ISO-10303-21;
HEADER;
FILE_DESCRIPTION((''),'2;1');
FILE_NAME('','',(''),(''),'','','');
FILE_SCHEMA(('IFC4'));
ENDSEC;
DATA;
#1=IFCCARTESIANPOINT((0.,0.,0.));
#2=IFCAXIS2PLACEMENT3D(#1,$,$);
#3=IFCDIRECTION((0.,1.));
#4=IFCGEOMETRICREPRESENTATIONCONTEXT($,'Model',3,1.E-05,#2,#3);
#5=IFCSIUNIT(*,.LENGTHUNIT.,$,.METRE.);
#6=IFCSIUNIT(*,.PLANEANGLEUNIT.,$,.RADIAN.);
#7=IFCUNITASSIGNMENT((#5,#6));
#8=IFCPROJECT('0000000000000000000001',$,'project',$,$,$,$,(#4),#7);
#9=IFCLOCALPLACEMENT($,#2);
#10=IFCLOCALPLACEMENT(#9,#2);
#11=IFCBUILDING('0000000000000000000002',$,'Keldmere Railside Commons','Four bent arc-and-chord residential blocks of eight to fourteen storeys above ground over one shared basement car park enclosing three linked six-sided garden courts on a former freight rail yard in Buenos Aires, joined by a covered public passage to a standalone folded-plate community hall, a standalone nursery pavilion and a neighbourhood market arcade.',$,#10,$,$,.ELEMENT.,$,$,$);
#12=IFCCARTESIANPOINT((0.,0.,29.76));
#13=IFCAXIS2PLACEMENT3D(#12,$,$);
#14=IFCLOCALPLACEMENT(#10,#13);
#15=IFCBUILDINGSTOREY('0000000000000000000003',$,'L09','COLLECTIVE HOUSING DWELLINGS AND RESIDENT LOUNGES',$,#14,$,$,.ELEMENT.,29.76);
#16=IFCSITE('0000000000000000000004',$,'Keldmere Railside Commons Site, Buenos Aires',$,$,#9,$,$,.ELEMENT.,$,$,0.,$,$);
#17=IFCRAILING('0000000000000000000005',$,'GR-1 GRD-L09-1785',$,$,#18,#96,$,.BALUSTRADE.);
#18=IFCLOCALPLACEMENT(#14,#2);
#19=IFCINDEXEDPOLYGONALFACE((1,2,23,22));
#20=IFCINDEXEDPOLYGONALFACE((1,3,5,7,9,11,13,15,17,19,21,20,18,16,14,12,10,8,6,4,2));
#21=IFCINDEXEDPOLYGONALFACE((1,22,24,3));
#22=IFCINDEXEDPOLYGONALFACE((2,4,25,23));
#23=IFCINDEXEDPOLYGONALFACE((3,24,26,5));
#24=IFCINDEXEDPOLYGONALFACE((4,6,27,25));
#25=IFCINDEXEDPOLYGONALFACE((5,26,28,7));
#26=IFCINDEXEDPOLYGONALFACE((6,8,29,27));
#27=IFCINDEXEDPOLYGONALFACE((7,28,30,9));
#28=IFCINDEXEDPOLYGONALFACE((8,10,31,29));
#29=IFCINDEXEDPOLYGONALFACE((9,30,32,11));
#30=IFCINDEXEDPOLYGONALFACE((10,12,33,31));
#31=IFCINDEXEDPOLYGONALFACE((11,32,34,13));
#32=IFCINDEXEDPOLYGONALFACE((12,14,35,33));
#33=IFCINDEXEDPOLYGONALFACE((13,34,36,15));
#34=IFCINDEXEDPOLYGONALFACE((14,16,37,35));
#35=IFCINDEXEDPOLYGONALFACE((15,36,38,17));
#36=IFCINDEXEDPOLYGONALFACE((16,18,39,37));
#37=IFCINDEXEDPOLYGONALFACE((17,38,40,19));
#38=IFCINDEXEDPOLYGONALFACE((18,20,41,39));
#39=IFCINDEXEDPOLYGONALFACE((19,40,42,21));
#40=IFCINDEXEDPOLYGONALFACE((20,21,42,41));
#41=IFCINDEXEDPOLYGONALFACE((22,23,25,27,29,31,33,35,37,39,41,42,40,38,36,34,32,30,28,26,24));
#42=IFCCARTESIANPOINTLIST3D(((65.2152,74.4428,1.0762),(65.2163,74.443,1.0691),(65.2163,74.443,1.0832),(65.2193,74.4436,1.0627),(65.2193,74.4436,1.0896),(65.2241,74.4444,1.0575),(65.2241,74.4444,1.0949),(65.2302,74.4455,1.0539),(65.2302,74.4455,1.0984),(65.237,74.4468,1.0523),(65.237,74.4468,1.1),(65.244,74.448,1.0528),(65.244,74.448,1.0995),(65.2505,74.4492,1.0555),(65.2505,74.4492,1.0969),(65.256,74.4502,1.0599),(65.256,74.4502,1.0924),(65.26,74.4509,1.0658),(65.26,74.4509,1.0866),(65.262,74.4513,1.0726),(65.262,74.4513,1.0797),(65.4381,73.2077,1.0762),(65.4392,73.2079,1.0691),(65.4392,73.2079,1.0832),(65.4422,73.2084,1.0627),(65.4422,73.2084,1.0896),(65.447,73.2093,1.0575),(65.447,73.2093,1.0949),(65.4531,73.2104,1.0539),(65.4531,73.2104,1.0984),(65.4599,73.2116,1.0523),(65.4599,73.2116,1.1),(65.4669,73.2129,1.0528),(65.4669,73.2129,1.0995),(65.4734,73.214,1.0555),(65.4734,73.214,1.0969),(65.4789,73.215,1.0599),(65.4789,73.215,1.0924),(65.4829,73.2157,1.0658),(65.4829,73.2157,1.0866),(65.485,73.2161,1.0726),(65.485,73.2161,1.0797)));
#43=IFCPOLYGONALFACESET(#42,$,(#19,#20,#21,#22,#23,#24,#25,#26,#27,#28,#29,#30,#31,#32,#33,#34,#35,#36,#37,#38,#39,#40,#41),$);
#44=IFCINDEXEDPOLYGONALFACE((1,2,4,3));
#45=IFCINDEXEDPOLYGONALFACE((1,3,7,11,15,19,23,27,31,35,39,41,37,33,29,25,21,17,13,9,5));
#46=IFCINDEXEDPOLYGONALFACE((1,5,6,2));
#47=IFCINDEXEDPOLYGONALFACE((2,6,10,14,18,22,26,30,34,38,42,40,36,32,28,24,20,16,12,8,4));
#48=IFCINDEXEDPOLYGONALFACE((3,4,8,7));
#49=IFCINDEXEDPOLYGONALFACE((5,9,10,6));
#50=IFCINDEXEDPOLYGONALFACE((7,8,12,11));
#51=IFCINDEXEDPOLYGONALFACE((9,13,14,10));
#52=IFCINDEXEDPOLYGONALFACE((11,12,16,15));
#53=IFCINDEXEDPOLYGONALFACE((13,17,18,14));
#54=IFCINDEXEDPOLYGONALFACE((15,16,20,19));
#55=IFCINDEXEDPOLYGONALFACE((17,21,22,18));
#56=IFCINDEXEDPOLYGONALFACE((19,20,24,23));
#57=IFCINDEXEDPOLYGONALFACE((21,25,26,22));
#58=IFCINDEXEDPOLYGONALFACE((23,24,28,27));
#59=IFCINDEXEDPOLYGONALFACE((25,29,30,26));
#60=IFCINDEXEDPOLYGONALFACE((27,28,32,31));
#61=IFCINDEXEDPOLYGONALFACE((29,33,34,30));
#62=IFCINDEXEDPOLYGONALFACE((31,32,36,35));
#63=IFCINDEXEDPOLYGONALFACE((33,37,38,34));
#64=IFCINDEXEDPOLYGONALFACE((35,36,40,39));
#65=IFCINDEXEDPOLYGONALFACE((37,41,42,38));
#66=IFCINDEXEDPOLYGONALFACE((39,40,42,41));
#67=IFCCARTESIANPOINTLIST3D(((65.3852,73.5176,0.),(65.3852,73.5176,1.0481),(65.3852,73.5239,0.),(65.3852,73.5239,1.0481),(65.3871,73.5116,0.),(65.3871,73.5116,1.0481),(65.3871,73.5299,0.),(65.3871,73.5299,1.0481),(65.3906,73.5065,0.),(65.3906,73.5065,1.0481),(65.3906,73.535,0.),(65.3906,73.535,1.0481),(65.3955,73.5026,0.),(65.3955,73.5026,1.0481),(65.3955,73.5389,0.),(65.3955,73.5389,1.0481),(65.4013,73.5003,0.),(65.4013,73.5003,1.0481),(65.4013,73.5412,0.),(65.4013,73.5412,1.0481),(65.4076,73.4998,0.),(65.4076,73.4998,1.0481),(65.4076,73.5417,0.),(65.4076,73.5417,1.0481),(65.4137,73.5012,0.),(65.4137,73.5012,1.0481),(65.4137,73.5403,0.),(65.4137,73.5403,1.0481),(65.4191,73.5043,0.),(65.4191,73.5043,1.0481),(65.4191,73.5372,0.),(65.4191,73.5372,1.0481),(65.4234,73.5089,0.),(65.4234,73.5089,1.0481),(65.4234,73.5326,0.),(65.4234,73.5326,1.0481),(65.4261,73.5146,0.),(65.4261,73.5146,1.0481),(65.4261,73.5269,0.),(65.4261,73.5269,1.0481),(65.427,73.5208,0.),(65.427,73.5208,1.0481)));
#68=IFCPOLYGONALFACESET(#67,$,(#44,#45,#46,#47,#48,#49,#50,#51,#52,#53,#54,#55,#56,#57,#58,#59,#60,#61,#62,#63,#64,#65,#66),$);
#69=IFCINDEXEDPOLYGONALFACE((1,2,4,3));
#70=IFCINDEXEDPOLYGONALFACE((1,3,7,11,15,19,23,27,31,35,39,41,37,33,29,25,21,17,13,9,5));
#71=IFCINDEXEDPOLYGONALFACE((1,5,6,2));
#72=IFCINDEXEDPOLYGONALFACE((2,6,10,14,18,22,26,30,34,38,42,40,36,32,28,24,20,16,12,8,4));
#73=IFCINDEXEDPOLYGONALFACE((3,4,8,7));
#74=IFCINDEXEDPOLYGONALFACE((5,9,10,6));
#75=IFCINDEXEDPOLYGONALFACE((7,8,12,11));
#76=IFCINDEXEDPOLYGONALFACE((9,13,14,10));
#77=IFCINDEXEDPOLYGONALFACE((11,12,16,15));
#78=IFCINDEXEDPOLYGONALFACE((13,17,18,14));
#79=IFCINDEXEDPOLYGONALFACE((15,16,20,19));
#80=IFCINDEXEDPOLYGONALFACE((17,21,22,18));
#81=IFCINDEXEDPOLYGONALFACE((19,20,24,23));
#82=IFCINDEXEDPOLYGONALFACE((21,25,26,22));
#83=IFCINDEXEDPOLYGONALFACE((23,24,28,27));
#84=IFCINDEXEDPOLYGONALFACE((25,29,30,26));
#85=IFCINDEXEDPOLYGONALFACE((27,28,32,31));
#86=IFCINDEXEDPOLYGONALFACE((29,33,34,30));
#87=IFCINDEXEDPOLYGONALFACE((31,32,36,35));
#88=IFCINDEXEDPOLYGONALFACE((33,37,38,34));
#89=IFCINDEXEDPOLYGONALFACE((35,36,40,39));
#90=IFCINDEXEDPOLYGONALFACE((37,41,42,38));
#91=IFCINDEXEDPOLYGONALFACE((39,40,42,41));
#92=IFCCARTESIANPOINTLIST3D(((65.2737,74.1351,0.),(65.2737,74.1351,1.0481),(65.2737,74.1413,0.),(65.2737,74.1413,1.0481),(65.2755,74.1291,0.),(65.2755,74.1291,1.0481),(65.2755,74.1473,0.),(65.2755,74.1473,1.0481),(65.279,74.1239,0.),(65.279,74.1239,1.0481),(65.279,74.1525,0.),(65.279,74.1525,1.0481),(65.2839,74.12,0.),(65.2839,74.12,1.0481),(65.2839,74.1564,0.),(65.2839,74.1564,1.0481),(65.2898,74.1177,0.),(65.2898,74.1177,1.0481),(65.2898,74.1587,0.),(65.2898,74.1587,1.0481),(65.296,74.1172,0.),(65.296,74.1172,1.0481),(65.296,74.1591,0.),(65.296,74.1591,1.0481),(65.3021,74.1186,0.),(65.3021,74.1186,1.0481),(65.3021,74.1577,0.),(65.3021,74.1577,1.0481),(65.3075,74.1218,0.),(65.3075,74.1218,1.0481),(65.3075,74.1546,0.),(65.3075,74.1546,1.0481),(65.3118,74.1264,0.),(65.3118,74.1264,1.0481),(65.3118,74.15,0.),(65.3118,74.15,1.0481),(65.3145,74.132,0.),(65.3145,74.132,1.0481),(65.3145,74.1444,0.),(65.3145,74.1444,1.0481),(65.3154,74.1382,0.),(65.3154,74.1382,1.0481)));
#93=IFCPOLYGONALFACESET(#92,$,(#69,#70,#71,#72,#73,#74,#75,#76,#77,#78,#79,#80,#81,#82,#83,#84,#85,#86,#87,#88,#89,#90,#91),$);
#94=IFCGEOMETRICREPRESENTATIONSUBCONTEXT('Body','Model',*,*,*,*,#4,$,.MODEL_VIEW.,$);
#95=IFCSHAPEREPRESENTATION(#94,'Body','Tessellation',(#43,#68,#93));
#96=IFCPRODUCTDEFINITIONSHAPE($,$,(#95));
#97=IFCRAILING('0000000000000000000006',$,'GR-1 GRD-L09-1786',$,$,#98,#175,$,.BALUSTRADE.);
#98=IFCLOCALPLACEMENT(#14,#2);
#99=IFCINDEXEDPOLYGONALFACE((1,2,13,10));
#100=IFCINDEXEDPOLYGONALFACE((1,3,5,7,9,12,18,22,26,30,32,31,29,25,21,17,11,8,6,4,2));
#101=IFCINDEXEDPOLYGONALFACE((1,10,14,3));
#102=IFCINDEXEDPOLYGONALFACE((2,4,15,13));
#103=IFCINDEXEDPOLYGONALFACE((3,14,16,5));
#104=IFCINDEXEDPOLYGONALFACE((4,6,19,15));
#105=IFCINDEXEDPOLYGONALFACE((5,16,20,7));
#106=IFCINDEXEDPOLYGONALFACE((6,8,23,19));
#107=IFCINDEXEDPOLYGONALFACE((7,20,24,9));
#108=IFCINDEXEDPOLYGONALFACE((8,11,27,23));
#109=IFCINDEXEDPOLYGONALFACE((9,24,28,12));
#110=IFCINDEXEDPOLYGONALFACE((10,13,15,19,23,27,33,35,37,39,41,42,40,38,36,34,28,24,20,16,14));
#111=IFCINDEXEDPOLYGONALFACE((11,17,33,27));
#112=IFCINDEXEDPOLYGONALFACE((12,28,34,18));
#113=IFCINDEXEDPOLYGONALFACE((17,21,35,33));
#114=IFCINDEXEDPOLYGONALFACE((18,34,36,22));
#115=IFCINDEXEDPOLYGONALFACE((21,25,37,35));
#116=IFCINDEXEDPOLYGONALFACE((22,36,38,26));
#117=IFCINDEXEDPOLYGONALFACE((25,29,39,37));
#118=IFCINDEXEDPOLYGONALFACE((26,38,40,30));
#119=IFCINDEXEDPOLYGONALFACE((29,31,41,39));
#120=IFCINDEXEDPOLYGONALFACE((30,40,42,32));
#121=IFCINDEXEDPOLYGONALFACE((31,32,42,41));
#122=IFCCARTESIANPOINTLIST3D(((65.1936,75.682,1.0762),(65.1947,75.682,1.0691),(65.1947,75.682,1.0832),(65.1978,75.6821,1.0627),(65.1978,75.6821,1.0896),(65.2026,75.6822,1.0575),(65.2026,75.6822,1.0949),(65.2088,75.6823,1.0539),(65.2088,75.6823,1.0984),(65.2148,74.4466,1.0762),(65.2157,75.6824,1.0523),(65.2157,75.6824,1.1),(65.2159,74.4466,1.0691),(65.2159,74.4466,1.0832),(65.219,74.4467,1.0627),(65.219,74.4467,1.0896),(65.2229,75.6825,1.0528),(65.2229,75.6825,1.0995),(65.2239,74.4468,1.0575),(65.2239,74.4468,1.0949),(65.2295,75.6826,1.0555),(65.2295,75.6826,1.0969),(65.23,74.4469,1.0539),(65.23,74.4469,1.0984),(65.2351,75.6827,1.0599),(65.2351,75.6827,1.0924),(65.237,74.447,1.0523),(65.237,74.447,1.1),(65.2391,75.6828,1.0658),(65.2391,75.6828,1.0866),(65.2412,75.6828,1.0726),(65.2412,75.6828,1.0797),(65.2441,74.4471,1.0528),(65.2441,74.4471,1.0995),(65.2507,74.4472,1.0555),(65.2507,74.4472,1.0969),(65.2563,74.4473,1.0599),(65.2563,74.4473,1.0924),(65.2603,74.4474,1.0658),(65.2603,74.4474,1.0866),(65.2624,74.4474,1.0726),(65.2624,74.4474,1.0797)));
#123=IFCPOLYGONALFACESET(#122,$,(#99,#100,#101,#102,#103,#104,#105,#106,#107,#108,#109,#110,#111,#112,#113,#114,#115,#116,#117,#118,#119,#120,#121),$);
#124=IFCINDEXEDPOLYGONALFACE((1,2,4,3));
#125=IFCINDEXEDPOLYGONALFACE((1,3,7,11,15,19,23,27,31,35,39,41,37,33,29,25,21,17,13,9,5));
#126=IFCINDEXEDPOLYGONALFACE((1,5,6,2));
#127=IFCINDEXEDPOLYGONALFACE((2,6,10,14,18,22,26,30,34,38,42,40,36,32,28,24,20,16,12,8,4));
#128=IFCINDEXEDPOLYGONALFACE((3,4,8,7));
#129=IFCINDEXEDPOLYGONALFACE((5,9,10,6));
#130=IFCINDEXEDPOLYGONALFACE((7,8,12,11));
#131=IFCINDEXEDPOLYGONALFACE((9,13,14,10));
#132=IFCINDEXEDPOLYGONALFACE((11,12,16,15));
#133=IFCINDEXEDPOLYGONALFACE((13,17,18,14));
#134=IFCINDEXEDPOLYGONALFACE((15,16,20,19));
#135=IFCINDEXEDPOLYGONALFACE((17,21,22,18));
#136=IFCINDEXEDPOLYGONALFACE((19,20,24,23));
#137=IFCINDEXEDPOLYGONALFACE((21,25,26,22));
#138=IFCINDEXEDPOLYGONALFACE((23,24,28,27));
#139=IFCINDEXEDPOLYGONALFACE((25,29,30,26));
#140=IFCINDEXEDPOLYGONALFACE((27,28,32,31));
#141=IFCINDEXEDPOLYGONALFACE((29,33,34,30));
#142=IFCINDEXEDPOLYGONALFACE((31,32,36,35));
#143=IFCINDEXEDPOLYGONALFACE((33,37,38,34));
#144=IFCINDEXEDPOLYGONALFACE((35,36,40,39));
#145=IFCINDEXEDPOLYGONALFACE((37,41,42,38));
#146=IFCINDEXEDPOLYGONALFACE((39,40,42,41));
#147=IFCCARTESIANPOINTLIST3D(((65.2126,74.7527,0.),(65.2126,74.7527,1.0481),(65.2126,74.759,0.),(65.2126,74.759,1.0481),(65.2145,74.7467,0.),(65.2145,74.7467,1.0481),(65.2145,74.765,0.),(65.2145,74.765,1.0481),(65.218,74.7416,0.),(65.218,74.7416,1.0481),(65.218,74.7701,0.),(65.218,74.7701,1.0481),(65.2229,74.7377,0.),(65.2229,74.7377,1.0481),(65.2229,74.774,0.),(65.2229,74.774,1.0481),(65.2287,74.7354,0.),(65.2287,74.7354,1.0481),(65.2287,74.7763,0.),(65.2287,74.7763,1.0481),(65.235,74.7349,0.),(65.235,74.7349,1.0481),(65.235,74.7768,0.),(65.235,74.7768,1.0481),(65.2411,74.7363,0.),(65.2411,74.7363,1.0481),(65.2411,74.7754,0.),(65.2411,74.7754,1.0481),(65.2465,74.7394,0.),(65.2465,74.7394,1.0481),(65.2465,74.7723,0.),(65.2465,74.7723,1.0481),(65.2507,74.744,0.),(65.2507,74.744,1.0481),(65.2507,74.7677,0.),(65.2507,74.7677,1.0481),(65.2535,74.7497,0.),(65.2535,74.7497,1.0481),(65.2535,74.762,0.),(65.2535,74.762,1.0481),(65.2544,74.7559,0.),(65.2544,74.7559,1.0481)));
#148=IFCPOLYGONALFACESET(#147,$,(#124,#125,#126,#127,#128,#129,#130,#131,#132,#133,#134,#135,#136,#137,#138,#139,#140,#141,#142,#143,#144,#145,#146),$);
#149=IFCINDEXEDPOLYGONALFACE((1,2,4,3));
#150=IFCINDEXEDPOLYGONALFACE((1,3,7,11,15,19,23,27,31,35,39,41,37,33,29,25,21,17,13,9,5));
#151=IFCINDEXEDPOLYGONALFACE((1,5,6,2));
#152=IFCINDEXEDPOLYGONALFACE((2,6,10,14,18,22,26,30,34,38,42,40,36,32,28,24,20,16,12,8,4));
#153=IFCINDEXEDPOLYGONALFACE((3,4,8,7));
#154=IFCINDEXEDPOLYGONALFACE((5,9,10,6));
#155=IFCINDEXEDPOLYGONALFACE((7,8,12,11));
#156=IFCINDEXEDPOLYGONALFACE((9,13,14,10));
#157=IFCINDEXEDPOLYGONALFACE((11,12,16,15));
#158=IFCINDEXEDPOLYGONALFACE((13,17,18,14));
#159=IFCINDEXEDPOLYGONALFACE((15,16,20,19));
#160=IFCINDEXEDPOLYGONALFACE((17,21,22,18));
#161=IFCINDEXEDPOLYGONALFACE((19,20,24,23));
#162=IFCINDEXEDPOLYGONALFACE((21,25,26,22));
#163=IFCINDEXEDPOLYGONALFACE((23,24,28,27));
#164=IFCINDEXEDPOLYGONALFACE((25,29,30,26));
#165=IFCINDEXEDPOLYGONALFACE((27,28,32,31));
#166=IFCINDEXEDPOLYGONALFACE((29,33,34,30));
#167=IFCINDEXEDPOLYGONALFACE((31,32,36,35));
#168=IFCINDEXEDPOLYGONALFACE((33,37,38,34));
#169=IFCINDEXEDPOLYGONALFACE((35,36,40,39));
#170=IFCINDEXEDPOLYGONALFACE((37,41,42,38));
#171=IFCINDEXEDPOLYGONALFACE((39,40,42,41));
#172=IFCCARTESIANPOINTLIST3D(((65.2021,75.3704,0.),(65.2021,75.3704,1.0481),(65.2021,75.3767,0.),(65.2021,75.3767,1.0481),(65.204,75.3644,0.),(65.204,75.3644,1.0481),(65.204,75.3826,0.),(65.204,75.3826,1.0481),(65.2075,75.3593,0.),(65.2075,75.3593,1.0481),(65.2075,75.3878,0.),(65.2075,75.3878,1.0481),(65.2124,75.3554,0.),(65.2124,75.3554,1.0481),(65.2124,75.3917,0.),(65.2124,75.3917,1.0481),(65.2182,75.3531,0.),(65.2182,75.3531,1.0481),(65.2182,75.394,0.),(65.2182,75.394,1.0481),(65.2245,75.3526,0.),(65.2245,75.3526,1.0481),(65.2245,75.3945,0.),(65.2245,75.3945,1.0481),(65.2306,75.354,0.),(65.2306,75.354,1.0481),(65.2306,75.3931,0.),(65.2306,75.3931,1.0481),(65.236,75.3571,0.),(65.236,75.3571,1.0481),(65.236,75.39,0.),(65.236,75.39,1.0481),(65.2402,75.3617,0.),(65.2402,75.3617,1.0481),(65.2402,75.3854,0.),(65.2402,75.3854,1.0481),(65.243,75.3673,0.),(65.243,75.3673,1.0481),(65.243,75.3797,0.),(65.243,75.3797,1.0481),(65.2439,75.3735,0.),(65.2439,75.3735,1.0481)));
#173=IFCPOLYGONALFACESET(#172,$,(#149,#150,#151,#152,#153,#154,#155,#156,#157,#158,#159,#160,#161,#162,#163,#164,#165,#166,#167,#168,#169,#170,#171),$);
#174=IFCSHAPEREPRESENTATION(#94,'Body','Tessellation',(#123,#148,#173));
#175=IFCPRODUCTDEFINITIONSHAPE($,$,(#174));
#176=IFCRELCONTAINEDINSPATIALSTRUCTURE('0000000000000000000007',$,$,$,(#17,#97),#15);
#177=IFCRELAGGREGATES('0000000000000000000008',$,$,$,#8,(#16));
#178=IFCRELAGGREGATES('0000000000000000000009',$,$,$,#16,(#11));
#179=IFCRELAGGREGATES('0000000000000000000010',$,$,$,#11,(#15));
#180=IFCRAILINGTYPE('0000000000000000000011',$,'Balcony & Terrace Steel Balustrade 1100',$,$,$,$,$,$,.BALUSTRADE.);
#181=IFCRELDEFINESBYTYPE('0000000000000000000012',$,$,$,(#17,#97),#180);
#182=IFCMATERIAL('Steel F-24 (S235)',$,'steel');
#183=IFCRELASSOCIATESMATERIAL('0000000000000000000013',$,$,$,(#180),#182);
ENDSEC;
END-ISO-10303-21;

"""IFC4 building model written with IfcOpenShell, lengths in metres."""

from ifc_helpers import new_model, si_unit, direction, frame, origin, origin_2d, place, context, subcontext, project, spatial, circle, extrude, material, type_object, element, save


model = new_model("IFC4")

# Units and contexts
model_context = context("Model", 3, precision=1e-05, world=origin(), true_north=direction((0.0, 1.0)))
body_context = subcontext(model_context, "Body", "Model", "MODEL_VIEW")
ifc_project = project(units=[si_unit("LENGTHUNIT", "METRE"), si_unit("PLANEANGLEUNIT", "RADIAN")], contexts=[model_context])

# Site, building, storey
site_placement = place(None, origin())
site = spatial("IfcSite", under=ifc_project, at=site_placement, Name="Keldmere Railside Commons Site, Buenos Aires", CompositionType="ELEMENT", RefElevation=0.0)
building_placement = place(site_placement, origin())
building = spatial("IfcBuilding", under=site, at=building_placement, Name="Keldmere Railside Commons", Description="Four bent arc-and-chord residential blocks of eight to fourteen storeys above ground over one shared basement car park enclosing three linked six-sided garden courts on a former freight rail yard in Buenos Aires, joined by a covered public passage to a standalone folded-plate community hall, a standalone nursery pavilion and a neighbourhood market arcade.", CompositionType="ELEMENT")
storey_placement = place(building_placement, frame((0.0, 0.0, 29.76)))
storey = spatial("IfcBuildingStorey", under=building, at=storey_placement, Name="L09", Description="COLLECTIVE HOUSING DWELLINGS AND RESIDENT LOUNGES", CompositionType="ELEMENT", Elevation=29.76)

# Railings
ifc_material_1 = material(Name="Steel F-24 (S235)", Category="steel")
railing_type = type_object("IfcRailingType", Name="Balcony & Terrace Steel Balustrade 1100", PredefinedType="BALUSTRADE", material=ifc_material_1)
railing_1_placement = place(storey_placement, frame((65.4617, 73.2119, 0.0)))
element("IfcRailing", 1, at=railing_1_placement, inside=storey, type_object=railing_type, Name="GR-1 GRD-L09-1785", PredefinedType="BALUSTRADE", context=body_context, shape_type="SweptSolid", body=[
    extrude(circle(Radius=0.0239, at=origin_2d()), frame((0.0, 0.0, 1.0762), z_axis=(-0.177601, 0.984103, 0.0), x_axis=(-0.984103, -0.177601, 0.0)), (0.0, 0.0, 1.0), 1.2551),
    extrude(circle(Radius=0.021, at=origin_2d()), frame((-0.0557, 0.3088, 0.0)), (0.0, 0.0, 1.0), 1.0481),
    extrude(circle(Radius=0.021, at=origin_2d()), frame((-0.1672, 0.9263, 0.0)), (0.0, 0.0, 1.0), 1.0481),
])
railing_2_placement = place(storey_placement, frame((65.2388, 74.447, 0.0)))
element("IfcRailing", 2, at=railing_2_placement, inside=storey, type_object=railing_type, Name="GR-1 GRD-L09-1786", PredefinedType="BALUSTRADE", context=body_context, shape_type="SweptSolid", body=[
    extrude(circle(Radius=0.0239, at=origin_2d()), frame((0.0, 0.0, 1.0762), z_axis=(-0.017191, 0.999852, 0.0), x_axis=(-0.999852, -0.017191, 0.0)), (0.0, 0.0, 1.0), 1.2356),
    extrude(circle(Radius=0.021, at=origin_2d()), frame((-0.0054, 0.3088, 0.0)), (0.0, 0.0, 1.0), 1.0481),
    extrude(circle(Radius=0.021, at=origin_2d()), frame((-0.0159, 0.9265, 0.0)), (0.0, 0.0, 1.0), 1.0481),
])

save(model, "model.ifc")
